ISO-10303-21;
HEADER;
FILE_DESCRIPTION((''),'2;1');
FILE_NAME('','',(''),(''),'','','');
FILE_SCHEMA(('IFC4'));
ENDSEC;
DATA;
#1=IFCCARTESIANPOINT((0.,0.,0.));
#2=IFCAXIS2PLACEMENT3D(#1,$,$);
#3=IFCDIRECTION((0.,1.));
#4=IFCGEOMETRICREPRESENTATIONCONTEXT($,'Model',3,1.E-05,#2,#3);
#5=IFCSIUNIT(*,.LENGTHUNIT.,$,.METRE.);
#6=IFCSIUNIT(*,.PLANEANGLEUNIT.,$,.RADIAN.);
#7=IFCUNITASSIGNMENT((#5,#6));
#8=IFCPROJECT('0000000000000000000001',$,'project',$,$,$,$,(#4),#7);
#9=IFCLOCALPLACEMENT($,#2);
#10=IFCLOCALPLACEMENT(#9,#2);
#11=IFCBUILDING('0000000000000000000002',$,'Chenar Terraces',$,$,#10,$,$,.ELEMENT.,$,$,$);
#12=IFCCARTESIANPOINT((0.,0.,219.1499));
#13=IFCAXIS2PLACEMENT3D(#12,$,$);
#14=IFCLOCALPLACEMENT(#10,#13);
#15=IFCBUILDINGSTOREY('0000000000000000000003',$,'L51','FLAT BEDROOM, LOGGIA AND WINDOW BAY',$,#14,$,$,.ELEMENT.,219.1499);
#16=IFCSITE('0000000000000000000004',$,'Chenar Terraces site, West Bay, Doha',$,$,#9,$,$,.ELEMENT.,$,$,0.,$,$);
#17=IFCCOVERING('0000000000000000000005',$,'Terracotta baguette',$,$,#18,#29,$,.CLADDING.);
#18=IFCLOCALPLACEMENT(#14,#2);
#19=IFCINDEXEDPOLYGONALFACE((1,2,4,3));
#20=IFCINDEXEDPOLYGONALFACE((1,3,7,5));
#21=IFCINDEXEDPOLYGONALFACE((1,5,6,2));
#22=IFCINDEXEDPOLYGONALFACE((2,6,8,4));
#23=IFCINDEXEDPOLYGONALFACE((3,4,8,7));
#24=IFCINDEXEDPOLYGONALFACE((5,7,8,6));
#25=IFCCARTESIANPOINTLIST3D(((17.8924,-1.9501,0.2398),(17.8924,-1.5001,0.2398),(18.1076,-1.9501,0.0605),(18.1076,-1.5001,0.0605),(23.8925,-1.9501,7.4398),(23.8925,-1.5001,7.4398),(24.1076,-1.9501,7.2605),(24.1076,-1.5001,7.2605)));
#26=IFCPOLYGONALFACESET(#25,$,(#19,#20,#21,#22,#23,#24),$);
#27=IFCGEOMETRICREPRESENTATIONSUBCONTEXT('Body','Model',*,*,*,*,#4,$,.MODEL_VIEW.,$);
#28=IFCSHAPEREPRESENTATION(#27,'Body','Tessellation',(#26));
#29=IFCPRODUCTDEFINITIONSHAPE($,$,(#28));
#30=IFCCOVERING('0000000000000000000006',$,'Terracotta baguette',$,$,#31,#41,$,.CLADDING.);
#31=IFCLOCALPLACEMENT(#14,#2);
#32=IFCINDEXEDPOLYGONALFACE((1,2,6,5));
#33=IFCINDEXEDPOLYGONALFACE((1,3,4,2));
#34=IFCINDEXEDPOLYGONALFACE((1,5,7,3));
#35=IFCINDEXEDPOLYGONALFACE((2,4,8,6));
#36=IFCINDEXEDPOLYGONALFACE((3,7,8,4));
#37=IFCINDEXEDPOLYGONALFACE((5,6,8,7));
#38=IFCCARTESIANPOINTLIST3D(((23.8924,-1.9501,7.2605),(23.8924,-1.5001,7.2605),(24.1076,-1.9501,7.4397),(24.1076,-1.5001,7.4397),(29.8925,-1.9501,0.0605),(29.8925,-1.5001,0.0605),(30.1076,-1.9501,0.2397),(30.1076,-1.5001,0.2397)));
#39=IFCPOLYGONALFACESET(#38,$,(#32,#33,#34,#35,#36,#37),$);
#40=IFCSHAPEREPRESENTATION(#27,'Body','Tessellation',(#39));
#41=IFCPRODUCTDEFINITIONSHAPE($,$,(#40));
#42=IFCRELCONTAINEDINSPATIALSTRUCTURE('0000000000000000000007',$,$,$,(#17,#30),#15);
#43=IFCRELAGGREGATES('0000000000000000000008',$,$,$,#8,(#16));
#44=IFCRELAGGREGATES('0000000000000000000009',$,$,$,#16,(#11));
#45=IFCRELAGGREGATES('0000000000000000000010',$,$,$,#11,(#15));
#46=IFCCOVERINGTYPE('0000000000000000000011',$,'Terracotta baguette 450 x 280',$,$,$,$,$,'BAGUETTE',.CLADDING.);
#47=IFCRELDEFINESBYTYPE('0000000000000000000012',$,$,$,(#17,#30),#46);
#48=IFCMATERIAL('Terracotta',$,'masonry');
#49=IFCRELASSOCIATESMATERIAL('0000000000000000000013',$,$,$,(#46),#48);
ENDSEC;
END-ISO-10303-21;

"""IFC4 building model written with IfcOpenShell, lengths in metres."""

from ifc_helpers import new_model, si_unit, direction, frame, origin, origin_2d, place, context, subcontext, project, spatial, rectangle, extrude, material, material_profile, profile_set, type_object, element, save


model = new_model("IFC4")

# Units and contexts
model_context = context("Model", 3, precision=1e-05, world=origin(), true_north=direction((0.0, 1.0)))
body_context = subcontext(model_context, "Body", "Model", "MODEL_VIEW")
ifc_project = project(units=[si_unit("LENGTHUNIT", "METRE"), si_unit("PLANEANGLEUNIT", "RADIAN")], contexts=[model_context])

# Site, building, storey
site_placement = place(None, origin())
site = spatial("IfcSite", under=ifc_project, at=site_placement, Name="Chenar Terraces site, West Bay, Doha", CompositionType="ELEMENT", RefElevation=0.0)
building_placement = place(site_placement, origin())
building = spatial("IfcBuilding", under=site, at=building_placement, Name="Chenar Terraces", CompositionType="ELEMENT")
storey_placement = place(building_placement, frame((0.0, 0.0, 219.1499)))
storey = spatial("IfcBuildingStorey", under=building, at=storey_placement, Name="L51", Description="FLAT BEDROOM, LOGGIA AND WINDOW BAY", CompositionType="ELEMENT", Elevation=219.1499)

# Coverings
ifc_material_1 = material(Name="Terracotta", Category="masonry")
ifc_material_profile_1 = material_profile(ifc_material_1, rectangle(XDim=0.45, YDim=0.28, at=origin_2d()), Name="Terracotta baguette 450 x 280")
ifc_profile_set_1 = profile_set([ifc_material_profile_1], Name="Terracotta")
covering_type = type_object("IfcCoveringType", Name="Terracotta baguette 450 x 280", ElementType="BAGUETTE", PredefinedType="CLADDING", material=ifc_profile_set_1)
for number, where, z_axis, x_axis, name in (
    (1, (18.0, -1.7251, 0.1501), (0.640187, 0.0, 0.768219), (0.0, 1.0, 0.0), "Terracotta baguette"),
    (2, (24.0, -1.7251, 7.3501), (0.640187, 0.0, -0.768219), (0.0, 1.0, 0.0), "Terracotta baguette"),
):
    element("IfcCovering", number, at=place(storey_placement, frame(where, z_axis=z_axis, x_axis=x_axis)), inside=storey, type_object=covering_type, Name=name, PredefinedType="CLADDING", context=body_context, shape_type="SweptSolid", body=[
        extrude(rectangle(XDim=0.45, YDim=0.28, at=origin_2d()), origin(), (0.0, 0.0, 1.0), 9.3723),
    ])

save(model, "model.ifc")
